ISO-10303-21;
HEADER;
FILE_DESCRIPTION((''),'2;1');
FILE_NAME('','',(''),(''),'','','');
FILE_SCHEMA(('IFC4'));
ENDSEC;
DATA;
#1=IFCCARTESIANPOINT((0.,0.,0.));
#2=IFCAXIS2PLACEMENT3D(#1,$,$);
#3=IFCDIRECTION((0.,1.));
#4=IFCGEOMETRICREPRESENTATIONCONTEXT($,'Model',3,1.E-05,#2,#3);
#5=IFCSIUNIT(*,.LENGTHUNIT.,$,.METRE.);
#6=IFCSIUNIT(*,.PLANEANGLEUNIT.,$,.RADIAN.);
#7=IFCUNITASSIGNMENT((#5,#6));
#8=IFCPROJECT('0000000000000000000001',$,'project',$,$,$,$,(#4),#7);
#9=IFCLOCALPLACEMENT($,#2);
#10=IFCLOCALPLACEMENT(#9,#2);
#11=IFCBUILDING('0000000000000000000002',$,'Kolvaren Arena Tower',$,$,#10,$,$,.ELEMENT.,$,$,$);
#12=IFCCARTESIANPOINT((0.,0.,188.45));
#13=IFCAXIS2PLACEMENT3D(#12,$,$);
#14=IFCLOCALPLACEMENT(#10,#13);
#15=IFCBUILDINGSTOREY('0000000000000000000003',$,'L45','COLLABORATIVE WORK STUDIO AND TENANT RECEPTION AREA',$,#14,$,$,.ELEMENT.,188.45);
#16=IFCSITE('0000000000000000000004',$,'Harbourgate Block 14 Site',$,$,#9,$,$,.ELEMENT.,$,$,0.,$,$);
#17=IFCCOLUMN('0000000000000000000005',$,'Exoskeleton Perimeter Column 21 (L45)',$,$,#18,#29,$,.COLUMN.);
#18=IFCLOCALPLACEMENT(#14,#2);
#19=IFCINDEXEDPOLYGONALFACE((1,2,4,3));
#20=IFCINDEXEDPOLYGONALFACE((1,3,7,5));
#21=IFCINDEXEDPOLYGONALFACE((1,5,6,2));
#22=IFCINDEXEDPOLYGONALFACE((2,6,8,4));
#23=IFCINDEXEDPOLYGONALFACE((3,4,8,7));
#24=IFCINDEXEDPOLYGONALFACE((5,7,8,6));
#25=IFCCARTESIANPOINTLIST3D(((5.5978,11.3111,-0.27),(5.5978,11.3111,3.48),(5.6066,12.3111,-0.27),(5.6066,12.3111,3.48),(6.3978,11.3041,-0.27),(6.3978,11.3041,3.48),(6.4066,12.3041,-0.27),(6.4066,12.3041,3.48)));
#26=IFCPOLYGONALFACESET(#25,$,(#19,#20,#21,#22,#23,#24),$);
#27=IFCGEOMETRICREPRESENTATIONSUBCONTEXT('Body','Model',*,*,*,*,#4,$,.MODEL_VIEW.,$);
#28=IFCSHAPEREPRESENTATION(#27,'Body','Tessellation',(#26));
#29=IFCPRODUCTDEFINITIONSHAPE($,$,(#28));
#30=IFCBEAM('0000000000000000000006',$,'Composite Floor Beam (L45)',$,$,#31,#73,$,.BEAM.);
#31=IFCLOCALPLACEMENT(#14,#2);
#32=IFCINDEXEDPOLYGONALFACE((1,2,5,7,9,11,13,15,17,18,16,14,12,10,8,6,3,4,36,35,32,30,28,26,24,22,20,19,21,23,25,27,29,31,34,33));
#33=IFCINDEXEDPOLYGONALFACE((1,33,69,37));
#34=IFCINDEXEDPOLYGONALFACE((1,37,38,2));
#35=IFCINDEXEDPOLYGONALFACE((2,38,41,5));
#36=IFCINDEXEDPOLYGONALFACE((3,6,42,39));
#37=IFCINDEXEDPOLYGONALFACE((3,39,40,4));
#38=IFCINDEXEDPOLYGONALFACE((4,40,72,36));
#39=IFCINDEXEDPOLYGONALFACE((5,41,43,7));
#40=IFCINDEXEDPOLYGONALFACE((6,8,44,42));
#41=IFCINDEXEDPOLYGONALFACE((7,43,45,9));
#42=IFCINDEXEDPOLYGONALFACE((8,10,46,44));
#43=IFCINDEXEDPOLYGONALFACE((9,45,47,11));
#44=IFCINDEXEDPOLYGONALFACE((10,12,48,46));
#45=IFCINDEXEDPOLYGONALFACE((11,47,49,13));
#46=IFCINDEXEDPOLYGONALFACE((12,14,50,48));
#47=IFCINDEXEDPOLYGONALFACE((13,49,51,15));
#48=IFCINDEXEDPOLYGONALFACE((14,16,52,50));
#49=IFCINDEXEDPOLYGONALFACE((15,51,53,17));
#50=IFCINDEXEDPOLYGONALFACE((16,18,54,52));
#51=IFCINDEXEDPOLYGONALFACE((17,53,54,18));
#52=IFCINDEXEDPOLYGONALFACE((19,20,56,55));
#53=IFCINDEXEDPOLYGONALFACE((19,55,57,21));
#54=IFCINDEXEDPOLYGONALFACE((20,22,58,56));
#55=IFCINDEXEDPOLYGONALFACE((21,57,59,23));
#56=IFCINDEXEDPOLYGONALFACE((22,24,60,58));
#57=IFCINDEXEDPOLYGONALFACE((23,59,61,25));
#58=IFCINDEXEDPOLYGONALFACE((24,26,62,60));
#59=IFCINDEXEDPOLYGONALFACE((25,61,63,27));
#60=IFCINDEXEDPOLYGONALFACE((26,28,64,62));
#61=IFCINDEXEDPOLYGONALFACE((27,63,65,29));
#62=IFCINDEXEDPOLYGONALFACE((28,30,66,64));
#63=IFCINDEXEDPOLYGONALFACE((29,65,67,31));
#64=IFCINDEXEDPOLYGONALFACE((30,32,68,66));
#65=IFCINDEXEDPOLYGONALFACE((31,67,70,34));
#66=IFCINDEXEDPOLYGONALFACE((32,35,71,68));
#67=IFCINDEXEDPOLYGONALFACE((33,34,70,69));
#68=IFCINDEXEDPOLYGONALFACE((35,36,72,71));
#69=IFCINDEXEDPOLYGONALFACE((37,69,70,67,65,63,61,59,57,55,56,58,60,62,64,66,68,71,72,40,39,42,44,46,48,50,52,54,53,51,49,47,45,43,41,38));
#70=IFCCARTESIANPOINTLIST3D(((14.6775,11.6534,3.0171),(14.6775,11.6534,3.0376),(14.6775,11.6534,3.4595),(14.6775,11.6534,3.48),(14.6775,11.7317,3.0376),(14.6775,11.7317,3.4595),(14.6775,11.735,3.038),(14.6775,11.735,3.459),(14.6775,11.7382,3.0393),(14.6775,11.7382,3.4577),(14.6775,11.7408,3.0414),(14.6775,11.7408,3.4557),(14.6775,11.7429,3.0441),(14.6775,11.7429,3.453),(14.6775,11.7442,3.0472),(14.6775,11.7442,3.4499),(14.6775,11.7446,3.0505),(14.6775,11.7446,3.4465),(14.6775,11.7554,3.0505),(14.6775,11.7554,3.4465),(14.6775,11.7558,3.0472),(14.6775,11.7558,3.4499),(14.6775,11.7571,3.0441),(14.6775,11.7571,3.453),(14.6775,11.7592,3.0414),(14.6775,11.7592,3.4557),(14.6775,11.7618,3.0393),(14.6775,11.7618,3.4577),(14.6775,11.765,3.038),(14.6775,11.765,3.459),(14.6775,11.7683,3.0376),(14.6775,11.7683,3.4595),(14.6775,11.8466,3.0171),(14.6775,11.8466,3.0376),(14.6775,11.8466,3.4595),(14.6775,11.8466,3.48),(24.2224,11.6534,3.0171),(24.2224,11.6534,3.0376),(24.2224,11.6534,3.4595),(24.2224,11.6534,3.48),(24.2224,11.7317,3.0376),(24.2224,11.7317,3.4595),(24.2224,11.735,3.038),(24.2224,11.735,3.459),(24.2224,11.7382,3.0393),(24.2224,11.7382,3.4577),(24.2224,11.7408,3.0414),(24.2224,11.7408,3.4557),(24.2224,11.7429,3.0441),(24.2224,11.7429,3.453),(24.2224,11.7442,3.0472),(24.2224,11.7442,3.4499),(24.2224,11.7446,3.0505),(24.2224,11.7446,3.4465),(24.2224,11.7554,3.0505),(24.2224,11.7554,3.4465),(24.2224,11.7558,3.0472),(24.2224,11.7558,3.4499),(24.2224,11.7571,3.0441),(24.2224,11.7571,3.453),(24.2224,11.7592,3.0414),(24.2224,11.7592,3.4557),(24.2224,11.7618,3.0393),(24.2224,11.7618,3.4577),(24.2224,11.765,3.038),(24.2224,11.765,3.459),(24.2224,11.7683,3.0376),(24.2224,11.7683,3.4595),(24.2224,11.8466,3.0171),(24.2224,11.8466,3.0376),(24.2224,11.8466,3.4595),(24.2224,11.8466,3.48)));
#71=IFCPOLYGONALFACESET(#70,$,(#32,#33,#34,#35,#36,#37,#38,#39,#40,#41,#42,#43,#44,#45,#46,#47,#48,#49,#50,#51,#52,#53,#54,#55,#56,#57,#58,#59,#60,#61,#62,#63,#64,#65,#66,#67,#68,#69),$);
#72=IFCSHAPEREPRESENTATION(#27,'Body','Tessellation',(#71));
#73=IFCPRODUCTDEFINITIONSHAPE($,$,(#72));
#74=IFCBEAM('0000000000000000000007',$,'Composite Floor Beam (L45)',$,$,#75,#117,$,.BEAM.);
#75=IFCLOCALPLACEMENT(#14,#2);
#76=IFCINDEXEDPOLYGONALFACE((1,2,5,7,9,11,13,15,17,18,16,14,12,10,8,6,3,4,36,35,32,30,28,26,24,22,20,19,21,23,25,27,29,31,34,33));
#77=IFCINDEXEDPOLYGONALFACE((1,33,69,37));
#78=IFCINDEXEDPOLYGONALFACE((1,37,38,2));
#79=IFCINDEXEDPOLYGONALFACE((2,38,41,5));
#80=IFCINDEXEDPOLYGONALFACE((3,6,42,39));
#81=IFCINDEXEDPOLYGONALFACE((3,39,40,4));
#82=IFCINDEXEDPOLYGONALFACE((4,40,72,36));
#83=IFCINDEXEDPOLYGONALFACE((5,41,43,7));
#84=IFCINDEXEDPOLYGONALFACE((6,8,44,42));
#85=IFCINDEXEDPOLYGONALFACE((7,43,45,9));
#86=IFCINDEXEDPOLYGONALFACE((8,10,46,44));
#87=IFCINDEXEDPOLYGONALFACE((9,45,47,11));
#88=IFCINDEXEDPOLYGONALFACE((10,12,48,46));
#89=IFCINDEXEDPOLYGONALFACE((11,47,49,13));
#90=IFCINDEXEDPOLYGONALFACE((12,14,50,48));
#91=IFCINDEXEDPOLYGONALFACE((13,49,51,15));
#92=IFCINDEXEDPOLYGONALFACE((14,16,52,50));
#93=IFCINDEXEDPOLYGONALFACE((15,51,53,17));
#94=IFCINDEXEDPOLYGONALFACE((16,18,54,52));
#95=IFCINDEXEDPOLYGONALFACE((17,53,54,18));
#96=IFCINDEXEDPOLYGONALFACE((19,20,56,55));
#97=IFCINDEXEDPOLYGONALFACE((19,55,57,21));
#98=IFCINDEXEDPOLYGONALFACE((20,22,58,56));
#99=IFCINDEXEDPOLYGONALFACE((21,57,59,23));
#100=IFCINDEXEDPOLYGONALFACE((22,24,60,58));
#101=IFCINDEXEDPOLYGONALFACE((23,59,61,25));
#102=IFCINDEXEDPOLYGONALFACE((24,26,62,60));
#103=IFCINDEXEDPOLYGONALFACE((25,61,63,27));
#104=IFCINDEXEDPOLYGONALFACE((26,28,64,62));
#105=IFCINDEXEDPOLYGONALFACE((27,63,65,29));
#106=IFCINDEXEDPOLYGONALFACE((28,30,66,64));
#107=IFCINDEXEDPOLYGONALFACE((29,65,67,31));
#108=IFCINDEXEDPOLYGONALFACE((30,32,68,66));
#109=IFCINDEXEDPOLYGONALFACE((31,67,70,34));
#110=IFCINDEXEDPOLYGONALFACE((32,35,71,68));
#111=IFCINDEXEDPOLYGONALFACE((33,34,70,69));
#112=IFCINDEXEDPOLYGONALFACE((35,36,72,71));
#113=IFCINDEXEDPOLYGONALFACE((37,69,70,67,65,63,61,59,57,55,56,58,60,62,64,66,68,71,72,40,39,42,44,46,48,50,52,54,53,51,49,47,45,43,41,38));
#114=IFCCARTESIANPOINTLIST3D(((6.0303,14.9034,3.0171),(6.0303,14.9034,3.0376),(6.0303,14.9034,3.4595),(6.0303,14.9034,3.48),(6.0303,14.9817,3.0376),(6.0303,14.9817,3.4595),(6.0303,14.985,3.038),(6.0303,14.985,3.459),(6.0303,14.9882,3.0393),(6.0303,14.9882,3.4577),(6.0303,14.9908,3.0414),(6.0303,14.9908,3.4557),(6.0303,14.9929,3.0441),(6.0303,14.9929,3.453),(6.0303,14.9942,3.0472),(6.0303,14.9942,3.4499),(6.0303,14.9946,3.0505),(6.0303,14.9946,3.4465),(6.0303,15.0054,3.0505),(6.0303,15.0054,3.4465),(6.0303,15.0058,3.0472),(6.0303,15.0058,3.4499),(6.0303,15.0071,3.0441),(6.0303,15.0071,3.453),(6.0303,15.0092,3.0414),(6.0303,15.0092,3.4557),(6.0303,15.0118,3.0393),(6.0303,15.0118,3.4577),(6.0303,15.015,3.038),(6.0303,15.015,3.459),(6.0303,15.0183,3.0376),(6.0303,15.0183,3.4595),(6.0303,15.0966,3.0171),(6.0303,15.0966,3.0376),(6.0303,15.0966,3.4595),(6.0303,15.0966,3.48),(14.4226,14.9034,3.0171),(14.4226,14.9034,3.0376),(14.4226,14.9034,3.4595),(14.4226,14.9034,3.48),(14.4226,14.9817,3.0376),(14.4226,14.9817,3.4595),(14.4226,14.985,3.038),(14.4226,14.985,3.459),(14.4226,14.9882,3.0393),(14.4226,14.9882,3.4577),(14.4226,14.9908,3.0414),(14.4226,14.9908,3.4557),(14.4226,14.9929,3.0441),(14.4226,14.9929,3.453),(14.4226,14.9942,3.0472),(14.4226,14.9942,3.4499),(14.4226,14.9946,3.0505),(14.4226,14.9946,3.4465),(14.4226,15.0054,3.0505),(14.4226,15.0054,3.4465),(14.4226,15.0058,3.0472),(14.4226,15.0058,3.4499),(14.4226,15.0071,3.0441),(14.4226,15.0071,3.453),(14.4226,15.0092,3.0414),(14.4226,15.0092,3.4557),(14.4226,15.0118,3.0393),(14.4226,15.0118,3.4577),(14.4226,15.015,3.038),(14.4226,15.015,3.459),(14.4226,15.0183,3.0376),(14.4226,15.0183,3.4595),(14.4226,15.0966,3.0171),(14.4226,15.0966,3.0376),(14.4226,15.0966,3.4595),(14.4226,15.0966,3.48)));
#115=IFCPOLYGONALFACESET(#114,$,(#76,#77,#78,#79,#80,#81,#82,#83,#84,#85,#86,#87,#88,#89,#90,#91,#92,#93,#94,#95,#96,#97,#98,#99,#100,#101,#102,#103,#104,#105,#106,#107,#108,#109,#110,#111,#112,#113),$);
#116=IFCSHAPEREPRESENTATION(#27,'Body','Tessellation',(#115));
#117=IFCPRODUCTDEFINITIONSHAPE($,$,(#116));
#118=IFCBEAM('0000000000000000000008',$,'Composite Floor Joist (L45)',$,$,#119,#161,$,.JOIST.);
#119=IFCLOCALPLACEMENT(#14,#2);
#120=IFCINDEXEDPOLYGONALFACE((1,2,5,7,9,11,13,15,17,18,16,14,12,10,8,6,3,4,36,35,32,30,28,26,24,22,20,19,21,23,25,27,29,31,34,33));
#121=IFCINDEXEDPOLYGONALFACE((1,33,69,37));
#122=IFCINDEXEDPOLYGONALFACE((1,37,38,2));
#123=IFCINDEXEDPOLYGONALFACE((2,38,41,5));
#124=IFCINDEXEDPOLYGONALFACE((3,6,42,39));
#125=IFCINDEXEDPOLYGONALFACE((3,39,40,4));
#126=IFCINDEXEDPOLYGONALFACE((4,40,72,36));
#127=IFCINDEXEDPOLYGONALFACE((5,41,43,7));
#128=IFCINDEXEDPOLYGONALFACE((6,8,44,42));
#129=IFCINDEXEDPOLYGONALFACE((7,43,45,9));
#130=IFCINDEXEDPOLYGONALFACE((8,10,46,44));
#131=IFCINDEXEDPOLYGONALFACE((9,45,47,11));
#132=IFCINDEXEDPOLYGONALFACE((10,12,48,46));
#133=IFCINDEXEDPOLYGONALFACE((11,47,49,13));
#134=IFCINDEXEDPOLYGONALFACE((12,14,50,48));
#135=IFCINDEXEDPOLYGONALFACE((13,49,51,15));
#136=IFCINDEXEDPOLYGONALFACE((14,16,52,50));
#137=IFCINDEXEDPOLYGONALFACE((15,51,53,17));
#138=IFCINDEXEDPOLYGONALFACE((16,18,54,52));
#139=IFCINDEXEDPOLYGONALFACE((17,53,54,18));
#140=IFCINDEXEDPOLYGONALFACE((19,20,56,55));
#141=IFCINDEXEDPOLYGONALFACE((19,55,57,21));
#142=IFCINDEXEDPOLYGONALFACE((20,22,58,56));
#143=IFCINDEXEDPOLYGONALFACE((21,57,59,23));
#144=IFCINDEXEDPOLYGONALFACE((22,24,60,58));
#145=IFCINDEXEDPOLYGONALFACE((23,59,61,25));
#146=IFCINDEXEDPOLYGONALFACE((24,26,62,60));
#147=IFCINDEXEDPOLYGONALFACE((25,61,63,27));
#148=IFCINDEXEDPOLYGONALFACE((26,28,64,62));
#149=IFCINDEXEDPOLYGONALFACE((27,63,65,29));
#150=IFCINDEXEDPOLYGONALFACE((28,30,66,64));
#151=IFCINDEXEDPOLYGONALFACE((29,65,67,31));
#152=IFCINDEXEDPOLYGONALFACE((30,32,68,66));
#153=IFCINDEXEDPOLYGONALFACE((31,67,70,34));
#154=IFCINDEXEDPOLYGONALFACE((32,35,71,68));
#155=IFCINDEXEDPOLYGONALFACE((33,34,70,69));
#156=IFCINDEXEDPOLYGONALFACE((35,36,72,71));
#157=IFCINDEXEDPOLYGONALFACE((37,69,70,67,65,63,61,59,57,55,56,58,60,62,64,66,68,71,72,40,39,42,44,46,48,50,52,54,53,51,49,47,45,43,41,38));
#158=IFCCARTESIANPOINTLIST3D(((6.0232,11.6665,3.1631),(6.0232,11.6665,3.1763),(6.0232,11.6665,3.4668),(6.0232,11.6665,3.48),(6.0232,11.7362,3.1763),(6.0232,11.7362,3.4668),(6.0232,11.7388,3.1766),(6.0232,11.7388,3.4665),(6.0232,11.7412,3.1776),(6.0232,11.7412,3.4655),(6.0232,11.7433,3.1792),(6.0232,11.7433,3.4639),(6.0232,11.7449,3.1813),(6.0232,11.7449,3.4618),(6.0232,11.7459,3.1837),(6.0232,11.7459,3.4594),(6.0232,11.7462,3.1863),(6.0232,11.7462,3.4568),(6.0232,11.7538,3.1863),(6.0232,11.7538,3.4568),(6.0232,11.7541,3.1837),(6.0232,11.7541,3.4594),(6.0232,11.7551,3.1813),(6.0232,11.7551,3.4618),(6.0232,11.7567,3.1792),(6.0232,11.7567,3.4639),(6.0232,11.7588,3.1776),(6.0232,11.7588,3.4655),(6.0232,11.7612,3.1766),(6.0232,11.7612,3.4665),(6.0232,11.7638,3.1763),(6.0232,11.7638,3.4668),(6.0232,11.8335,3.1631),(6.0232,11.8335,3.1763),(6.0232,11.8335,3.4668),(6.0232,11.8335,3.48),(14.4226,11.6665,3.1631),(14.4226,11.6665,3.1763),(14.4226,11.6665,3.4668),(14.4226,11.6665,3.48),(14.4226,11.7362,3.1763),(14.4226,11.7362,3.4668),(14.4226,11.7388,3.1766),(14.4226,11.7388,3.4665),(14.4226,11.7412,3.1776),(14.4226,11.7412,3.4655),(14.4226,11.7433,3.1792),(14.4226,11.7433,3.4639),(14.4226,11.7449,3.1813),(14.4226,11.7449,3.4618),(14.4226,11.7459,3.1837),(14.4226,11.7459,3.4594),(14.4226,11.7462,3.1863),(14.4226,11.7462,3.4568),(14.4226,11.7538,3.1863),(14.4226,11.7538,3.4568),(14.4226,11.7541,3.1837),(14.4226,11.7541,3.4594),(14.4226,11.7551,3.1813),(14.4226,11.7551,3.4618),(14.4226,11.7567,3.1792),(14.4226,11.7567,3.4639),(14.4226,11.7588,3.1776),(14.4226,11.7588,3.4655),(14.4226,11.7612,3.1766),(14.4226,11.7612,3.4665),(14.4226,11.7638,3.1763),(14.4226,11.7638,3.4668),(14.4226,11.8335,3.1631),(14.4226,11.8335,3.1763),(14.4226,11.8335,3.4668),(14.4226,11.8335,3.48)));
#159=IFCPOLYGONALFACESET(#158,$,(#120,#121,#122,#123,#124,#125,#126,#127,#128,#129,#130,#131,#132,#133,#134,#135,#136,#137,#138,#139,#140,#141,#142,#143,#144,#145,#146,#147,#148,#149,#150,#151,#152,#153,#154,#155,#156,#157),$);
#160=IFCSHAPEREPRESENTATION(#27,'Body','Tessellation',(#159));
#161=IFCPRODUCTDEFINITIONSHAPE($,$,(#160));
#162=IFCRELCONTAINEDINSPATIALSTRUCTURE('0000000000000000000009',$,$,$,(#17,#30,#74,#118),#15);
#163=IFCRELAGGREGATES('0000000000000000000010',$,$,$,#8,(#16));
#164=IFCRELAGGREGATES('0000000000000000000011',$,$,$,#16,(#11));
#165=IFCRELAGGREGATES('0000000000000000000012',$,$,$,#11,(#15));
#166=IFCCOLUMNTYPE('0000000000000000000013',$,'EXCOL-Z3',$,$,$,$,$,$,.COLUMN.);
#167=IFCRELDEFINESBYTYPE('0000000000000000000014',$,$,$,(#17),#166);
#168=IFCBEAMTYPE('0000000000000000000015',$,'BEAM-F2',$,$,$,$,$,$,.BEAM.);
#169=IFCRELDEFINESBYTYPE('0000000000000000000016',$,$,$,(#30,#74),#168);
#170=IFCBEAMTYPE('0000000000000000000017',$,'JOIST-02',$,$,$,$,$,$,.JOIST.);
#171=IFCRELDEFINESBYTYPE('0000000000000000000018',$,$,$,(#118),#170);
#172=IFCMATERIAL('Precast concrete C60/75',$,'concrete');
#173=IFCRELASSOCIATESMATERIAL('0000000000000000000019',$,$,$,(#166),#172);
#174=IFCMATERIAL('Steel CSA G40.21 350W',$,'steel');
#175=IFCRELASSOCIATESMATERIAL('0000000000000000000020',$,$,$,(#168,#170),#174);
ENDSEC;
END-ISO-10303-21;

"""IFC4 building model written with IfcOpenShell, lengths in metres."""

from ifc_helpers import new_model, si_unit, direction, frame, origin, origin_2d, place, context, subcontext, project, spatial, rectangle, i_section, extrude, material, material_profile, profile_set, type_object, element, save


model = new_model("IFC4")

# Units and contexts
model_context = context("Model", 3, precision=1e-05, world=origin(), true_north=direction((0.0, 1.0)))
body_context = subcontext(model_context, "Body", "Model", "MODEL_VIEW")
ifc_project = project(units=[si_unit("LENGTHUNIT", "METRE"), si_unit("PLANEANGLEUNIT", "RADIAN")], contexts=[model_context])

# Site, building, storey
site_placement = place(None, origin())
site = spatial("IfcSite", under=ifc_project, at=site_placement, Name="Harbourgate Block 14 Site", CompositionType="ELEMENT", RefElevation=0.0)
building_placement = place(site_placement, origin())
building = spatial("IfcBuilding", under=site, at=building_placement, Name="Kolvaren Arena Tower", CompositionType="ELEMENT")
storey_placement = place(building_placement, frame((0.0, 0.0, 188.45)))
storey = spatial("IfcBuildingStorey", under=building, at=storey_placement, Name="L45", Description="COLLABORATIVE WORK STUDIO AND TENANT RECEPTION AREA", CompositionType="ELEMENT", Elevation=188.45)

# Column
ifc_material_1 = material(Name="Precast concrete C60/75", Category="concrete")
ifc_material_profile_1 = material_profile(ifc_material_1, rectangle(XDim=1.0, YDim=0.8, at=origin_2d()), Name="RC-1000x800")
ifc_profile_set_1 = profile_set([ifc_material_profile_1], Name="Precast concrete C60/75")
column_type = type_object("IfcColumnType", Name="EXCOL-Z3", PredefinedType="COLUMN", material=ifc_profile_set_1)
column_placement = place(storey_placement, frame((6.0022, 11.8076, -0.27), z_axis=(0.0, 0.0, 1.0), x_axis=(0.008727, 0.999962, 0.0)))
element("IfcColumn", 1, at=column_placement, inside=storey, type_object=column_type, Name="Exoskeleton Perimeter Column 21 (L45)", PredefinedType="COLUMN", context=body_context, shape_type="SweptSolid", body=[
    extrude(rectangle(XDim=1.0, YDim=0.8, at=origin_2d()), origin(), (0.0, 0.0, 1.0), 3.75),
])

# Beams
ifc_material_2 = material(Name="Steel CSA G40.21 350W", Category="steel")
ifc_material_profile_2 = material_profile(ifc_material_2, i_section(OverallWidth=0.1931, OverallDepth=0.4629, WebThickness=0.0107, FlangeThickness=0.0205, FilletRadius=0.0129, at=origin_2d()), Name="W460x113")
ifc_profile_set_2 = profile_set([ifc_material_profile_2], Name="Steel CSA G40.21 350W")
beam_type_1 = type_object("IfcBeamType", Name="BEAM-F2", PredefinedType="BEAM", material=ifc_profile_set_2)
beam_1_placement = place(storey_placement, frame((14.6775, 11.75, 3.2485), z_axis=(1.0, 0.0, 0.0), x_axis=(0.0, 1.0, 0.0)))
element("IfcBeam", 2, at=beam_1_placement, inside=storey, type_object=beam_type_1, Name="Composite Floor Beam (L45)", PredefinedType="BEAM", context=body_context, shape_type="SweptSolid", body=[
    extrude(i_section(OverallWidth=0.1931, OverallDepth=0.4629, WebThickness=0.0107, FlangeThickness=0.0205, FilletRadius=0.0129, at=origin_2d()), origin(), (0.0, 0.0, 1.0), 9.5449),
])
beam_2_placement = place(storey_placement, frame((6.0303, 15.0, 3.2485), z_axis=(1.0, 0.0, 0.0), x_axis=(0.0, 1.0, 0.0)))
element("IfcBeam", 3, at=beam_2_placement, inside=storey, type_object=beam_type_1, Name="Composite Floor Beam (L45)", PredefinedType="BEAM", context=body_context, shape_type="SweptSolid", body=[
    extrude(i_section(OverallWidth=0.1931, OverallDepth=0.4629, WebThickness=0.0107, FlangeThickness=0.0205, FilletRadius=0.0129, at=origin_2d()), origin(), (0.0, 0.0, 1.0), 8.3923),
])
ifc_material_profile_3 = material_profile(ifc_material_2, i_section(OverallWidth=0.167, OverallDepth=0.3169, WebThickness=0.0076, FlangeThickness=0.0132, FilletRadius=0.01, at=origin_2d()), Name="W310x52")
ifc_profile_set_3 = profile_set([ifc_material_profile_3], Name="Steel CSA G40.21 350W")
beam_type_2 = type_object("IfcBeamType", Name="JOIST-02", PredefinedType="JOIST", material=ifc_profile_set_3)
beam_3_placement = place(storey_placement, frame((6.0232, 11.75, 3.3215), z_axis=(1.0, 0.0, 0.0), x_axis=(0.0, 1.0, 0.0)))
element("IfcBeam", 4, at=beam_3_placement, inside=storey, type_object=beam_type_2, Name="Composite Floor Joist (L45)", PredefinedType="JOIST", context=body_context, shape_type="SweptSolid", body=[
    extrude(i_section(OverallWidth=0.167, OverallDepth=0.3169, WebThickness=0.0076, FlangeThickness=0.0132, FilletRadius=0.01, at=origin_2d()), origin(), (0.0, 0.0, 1.0), 8.3994),
])

save(model, "model.ifc")
